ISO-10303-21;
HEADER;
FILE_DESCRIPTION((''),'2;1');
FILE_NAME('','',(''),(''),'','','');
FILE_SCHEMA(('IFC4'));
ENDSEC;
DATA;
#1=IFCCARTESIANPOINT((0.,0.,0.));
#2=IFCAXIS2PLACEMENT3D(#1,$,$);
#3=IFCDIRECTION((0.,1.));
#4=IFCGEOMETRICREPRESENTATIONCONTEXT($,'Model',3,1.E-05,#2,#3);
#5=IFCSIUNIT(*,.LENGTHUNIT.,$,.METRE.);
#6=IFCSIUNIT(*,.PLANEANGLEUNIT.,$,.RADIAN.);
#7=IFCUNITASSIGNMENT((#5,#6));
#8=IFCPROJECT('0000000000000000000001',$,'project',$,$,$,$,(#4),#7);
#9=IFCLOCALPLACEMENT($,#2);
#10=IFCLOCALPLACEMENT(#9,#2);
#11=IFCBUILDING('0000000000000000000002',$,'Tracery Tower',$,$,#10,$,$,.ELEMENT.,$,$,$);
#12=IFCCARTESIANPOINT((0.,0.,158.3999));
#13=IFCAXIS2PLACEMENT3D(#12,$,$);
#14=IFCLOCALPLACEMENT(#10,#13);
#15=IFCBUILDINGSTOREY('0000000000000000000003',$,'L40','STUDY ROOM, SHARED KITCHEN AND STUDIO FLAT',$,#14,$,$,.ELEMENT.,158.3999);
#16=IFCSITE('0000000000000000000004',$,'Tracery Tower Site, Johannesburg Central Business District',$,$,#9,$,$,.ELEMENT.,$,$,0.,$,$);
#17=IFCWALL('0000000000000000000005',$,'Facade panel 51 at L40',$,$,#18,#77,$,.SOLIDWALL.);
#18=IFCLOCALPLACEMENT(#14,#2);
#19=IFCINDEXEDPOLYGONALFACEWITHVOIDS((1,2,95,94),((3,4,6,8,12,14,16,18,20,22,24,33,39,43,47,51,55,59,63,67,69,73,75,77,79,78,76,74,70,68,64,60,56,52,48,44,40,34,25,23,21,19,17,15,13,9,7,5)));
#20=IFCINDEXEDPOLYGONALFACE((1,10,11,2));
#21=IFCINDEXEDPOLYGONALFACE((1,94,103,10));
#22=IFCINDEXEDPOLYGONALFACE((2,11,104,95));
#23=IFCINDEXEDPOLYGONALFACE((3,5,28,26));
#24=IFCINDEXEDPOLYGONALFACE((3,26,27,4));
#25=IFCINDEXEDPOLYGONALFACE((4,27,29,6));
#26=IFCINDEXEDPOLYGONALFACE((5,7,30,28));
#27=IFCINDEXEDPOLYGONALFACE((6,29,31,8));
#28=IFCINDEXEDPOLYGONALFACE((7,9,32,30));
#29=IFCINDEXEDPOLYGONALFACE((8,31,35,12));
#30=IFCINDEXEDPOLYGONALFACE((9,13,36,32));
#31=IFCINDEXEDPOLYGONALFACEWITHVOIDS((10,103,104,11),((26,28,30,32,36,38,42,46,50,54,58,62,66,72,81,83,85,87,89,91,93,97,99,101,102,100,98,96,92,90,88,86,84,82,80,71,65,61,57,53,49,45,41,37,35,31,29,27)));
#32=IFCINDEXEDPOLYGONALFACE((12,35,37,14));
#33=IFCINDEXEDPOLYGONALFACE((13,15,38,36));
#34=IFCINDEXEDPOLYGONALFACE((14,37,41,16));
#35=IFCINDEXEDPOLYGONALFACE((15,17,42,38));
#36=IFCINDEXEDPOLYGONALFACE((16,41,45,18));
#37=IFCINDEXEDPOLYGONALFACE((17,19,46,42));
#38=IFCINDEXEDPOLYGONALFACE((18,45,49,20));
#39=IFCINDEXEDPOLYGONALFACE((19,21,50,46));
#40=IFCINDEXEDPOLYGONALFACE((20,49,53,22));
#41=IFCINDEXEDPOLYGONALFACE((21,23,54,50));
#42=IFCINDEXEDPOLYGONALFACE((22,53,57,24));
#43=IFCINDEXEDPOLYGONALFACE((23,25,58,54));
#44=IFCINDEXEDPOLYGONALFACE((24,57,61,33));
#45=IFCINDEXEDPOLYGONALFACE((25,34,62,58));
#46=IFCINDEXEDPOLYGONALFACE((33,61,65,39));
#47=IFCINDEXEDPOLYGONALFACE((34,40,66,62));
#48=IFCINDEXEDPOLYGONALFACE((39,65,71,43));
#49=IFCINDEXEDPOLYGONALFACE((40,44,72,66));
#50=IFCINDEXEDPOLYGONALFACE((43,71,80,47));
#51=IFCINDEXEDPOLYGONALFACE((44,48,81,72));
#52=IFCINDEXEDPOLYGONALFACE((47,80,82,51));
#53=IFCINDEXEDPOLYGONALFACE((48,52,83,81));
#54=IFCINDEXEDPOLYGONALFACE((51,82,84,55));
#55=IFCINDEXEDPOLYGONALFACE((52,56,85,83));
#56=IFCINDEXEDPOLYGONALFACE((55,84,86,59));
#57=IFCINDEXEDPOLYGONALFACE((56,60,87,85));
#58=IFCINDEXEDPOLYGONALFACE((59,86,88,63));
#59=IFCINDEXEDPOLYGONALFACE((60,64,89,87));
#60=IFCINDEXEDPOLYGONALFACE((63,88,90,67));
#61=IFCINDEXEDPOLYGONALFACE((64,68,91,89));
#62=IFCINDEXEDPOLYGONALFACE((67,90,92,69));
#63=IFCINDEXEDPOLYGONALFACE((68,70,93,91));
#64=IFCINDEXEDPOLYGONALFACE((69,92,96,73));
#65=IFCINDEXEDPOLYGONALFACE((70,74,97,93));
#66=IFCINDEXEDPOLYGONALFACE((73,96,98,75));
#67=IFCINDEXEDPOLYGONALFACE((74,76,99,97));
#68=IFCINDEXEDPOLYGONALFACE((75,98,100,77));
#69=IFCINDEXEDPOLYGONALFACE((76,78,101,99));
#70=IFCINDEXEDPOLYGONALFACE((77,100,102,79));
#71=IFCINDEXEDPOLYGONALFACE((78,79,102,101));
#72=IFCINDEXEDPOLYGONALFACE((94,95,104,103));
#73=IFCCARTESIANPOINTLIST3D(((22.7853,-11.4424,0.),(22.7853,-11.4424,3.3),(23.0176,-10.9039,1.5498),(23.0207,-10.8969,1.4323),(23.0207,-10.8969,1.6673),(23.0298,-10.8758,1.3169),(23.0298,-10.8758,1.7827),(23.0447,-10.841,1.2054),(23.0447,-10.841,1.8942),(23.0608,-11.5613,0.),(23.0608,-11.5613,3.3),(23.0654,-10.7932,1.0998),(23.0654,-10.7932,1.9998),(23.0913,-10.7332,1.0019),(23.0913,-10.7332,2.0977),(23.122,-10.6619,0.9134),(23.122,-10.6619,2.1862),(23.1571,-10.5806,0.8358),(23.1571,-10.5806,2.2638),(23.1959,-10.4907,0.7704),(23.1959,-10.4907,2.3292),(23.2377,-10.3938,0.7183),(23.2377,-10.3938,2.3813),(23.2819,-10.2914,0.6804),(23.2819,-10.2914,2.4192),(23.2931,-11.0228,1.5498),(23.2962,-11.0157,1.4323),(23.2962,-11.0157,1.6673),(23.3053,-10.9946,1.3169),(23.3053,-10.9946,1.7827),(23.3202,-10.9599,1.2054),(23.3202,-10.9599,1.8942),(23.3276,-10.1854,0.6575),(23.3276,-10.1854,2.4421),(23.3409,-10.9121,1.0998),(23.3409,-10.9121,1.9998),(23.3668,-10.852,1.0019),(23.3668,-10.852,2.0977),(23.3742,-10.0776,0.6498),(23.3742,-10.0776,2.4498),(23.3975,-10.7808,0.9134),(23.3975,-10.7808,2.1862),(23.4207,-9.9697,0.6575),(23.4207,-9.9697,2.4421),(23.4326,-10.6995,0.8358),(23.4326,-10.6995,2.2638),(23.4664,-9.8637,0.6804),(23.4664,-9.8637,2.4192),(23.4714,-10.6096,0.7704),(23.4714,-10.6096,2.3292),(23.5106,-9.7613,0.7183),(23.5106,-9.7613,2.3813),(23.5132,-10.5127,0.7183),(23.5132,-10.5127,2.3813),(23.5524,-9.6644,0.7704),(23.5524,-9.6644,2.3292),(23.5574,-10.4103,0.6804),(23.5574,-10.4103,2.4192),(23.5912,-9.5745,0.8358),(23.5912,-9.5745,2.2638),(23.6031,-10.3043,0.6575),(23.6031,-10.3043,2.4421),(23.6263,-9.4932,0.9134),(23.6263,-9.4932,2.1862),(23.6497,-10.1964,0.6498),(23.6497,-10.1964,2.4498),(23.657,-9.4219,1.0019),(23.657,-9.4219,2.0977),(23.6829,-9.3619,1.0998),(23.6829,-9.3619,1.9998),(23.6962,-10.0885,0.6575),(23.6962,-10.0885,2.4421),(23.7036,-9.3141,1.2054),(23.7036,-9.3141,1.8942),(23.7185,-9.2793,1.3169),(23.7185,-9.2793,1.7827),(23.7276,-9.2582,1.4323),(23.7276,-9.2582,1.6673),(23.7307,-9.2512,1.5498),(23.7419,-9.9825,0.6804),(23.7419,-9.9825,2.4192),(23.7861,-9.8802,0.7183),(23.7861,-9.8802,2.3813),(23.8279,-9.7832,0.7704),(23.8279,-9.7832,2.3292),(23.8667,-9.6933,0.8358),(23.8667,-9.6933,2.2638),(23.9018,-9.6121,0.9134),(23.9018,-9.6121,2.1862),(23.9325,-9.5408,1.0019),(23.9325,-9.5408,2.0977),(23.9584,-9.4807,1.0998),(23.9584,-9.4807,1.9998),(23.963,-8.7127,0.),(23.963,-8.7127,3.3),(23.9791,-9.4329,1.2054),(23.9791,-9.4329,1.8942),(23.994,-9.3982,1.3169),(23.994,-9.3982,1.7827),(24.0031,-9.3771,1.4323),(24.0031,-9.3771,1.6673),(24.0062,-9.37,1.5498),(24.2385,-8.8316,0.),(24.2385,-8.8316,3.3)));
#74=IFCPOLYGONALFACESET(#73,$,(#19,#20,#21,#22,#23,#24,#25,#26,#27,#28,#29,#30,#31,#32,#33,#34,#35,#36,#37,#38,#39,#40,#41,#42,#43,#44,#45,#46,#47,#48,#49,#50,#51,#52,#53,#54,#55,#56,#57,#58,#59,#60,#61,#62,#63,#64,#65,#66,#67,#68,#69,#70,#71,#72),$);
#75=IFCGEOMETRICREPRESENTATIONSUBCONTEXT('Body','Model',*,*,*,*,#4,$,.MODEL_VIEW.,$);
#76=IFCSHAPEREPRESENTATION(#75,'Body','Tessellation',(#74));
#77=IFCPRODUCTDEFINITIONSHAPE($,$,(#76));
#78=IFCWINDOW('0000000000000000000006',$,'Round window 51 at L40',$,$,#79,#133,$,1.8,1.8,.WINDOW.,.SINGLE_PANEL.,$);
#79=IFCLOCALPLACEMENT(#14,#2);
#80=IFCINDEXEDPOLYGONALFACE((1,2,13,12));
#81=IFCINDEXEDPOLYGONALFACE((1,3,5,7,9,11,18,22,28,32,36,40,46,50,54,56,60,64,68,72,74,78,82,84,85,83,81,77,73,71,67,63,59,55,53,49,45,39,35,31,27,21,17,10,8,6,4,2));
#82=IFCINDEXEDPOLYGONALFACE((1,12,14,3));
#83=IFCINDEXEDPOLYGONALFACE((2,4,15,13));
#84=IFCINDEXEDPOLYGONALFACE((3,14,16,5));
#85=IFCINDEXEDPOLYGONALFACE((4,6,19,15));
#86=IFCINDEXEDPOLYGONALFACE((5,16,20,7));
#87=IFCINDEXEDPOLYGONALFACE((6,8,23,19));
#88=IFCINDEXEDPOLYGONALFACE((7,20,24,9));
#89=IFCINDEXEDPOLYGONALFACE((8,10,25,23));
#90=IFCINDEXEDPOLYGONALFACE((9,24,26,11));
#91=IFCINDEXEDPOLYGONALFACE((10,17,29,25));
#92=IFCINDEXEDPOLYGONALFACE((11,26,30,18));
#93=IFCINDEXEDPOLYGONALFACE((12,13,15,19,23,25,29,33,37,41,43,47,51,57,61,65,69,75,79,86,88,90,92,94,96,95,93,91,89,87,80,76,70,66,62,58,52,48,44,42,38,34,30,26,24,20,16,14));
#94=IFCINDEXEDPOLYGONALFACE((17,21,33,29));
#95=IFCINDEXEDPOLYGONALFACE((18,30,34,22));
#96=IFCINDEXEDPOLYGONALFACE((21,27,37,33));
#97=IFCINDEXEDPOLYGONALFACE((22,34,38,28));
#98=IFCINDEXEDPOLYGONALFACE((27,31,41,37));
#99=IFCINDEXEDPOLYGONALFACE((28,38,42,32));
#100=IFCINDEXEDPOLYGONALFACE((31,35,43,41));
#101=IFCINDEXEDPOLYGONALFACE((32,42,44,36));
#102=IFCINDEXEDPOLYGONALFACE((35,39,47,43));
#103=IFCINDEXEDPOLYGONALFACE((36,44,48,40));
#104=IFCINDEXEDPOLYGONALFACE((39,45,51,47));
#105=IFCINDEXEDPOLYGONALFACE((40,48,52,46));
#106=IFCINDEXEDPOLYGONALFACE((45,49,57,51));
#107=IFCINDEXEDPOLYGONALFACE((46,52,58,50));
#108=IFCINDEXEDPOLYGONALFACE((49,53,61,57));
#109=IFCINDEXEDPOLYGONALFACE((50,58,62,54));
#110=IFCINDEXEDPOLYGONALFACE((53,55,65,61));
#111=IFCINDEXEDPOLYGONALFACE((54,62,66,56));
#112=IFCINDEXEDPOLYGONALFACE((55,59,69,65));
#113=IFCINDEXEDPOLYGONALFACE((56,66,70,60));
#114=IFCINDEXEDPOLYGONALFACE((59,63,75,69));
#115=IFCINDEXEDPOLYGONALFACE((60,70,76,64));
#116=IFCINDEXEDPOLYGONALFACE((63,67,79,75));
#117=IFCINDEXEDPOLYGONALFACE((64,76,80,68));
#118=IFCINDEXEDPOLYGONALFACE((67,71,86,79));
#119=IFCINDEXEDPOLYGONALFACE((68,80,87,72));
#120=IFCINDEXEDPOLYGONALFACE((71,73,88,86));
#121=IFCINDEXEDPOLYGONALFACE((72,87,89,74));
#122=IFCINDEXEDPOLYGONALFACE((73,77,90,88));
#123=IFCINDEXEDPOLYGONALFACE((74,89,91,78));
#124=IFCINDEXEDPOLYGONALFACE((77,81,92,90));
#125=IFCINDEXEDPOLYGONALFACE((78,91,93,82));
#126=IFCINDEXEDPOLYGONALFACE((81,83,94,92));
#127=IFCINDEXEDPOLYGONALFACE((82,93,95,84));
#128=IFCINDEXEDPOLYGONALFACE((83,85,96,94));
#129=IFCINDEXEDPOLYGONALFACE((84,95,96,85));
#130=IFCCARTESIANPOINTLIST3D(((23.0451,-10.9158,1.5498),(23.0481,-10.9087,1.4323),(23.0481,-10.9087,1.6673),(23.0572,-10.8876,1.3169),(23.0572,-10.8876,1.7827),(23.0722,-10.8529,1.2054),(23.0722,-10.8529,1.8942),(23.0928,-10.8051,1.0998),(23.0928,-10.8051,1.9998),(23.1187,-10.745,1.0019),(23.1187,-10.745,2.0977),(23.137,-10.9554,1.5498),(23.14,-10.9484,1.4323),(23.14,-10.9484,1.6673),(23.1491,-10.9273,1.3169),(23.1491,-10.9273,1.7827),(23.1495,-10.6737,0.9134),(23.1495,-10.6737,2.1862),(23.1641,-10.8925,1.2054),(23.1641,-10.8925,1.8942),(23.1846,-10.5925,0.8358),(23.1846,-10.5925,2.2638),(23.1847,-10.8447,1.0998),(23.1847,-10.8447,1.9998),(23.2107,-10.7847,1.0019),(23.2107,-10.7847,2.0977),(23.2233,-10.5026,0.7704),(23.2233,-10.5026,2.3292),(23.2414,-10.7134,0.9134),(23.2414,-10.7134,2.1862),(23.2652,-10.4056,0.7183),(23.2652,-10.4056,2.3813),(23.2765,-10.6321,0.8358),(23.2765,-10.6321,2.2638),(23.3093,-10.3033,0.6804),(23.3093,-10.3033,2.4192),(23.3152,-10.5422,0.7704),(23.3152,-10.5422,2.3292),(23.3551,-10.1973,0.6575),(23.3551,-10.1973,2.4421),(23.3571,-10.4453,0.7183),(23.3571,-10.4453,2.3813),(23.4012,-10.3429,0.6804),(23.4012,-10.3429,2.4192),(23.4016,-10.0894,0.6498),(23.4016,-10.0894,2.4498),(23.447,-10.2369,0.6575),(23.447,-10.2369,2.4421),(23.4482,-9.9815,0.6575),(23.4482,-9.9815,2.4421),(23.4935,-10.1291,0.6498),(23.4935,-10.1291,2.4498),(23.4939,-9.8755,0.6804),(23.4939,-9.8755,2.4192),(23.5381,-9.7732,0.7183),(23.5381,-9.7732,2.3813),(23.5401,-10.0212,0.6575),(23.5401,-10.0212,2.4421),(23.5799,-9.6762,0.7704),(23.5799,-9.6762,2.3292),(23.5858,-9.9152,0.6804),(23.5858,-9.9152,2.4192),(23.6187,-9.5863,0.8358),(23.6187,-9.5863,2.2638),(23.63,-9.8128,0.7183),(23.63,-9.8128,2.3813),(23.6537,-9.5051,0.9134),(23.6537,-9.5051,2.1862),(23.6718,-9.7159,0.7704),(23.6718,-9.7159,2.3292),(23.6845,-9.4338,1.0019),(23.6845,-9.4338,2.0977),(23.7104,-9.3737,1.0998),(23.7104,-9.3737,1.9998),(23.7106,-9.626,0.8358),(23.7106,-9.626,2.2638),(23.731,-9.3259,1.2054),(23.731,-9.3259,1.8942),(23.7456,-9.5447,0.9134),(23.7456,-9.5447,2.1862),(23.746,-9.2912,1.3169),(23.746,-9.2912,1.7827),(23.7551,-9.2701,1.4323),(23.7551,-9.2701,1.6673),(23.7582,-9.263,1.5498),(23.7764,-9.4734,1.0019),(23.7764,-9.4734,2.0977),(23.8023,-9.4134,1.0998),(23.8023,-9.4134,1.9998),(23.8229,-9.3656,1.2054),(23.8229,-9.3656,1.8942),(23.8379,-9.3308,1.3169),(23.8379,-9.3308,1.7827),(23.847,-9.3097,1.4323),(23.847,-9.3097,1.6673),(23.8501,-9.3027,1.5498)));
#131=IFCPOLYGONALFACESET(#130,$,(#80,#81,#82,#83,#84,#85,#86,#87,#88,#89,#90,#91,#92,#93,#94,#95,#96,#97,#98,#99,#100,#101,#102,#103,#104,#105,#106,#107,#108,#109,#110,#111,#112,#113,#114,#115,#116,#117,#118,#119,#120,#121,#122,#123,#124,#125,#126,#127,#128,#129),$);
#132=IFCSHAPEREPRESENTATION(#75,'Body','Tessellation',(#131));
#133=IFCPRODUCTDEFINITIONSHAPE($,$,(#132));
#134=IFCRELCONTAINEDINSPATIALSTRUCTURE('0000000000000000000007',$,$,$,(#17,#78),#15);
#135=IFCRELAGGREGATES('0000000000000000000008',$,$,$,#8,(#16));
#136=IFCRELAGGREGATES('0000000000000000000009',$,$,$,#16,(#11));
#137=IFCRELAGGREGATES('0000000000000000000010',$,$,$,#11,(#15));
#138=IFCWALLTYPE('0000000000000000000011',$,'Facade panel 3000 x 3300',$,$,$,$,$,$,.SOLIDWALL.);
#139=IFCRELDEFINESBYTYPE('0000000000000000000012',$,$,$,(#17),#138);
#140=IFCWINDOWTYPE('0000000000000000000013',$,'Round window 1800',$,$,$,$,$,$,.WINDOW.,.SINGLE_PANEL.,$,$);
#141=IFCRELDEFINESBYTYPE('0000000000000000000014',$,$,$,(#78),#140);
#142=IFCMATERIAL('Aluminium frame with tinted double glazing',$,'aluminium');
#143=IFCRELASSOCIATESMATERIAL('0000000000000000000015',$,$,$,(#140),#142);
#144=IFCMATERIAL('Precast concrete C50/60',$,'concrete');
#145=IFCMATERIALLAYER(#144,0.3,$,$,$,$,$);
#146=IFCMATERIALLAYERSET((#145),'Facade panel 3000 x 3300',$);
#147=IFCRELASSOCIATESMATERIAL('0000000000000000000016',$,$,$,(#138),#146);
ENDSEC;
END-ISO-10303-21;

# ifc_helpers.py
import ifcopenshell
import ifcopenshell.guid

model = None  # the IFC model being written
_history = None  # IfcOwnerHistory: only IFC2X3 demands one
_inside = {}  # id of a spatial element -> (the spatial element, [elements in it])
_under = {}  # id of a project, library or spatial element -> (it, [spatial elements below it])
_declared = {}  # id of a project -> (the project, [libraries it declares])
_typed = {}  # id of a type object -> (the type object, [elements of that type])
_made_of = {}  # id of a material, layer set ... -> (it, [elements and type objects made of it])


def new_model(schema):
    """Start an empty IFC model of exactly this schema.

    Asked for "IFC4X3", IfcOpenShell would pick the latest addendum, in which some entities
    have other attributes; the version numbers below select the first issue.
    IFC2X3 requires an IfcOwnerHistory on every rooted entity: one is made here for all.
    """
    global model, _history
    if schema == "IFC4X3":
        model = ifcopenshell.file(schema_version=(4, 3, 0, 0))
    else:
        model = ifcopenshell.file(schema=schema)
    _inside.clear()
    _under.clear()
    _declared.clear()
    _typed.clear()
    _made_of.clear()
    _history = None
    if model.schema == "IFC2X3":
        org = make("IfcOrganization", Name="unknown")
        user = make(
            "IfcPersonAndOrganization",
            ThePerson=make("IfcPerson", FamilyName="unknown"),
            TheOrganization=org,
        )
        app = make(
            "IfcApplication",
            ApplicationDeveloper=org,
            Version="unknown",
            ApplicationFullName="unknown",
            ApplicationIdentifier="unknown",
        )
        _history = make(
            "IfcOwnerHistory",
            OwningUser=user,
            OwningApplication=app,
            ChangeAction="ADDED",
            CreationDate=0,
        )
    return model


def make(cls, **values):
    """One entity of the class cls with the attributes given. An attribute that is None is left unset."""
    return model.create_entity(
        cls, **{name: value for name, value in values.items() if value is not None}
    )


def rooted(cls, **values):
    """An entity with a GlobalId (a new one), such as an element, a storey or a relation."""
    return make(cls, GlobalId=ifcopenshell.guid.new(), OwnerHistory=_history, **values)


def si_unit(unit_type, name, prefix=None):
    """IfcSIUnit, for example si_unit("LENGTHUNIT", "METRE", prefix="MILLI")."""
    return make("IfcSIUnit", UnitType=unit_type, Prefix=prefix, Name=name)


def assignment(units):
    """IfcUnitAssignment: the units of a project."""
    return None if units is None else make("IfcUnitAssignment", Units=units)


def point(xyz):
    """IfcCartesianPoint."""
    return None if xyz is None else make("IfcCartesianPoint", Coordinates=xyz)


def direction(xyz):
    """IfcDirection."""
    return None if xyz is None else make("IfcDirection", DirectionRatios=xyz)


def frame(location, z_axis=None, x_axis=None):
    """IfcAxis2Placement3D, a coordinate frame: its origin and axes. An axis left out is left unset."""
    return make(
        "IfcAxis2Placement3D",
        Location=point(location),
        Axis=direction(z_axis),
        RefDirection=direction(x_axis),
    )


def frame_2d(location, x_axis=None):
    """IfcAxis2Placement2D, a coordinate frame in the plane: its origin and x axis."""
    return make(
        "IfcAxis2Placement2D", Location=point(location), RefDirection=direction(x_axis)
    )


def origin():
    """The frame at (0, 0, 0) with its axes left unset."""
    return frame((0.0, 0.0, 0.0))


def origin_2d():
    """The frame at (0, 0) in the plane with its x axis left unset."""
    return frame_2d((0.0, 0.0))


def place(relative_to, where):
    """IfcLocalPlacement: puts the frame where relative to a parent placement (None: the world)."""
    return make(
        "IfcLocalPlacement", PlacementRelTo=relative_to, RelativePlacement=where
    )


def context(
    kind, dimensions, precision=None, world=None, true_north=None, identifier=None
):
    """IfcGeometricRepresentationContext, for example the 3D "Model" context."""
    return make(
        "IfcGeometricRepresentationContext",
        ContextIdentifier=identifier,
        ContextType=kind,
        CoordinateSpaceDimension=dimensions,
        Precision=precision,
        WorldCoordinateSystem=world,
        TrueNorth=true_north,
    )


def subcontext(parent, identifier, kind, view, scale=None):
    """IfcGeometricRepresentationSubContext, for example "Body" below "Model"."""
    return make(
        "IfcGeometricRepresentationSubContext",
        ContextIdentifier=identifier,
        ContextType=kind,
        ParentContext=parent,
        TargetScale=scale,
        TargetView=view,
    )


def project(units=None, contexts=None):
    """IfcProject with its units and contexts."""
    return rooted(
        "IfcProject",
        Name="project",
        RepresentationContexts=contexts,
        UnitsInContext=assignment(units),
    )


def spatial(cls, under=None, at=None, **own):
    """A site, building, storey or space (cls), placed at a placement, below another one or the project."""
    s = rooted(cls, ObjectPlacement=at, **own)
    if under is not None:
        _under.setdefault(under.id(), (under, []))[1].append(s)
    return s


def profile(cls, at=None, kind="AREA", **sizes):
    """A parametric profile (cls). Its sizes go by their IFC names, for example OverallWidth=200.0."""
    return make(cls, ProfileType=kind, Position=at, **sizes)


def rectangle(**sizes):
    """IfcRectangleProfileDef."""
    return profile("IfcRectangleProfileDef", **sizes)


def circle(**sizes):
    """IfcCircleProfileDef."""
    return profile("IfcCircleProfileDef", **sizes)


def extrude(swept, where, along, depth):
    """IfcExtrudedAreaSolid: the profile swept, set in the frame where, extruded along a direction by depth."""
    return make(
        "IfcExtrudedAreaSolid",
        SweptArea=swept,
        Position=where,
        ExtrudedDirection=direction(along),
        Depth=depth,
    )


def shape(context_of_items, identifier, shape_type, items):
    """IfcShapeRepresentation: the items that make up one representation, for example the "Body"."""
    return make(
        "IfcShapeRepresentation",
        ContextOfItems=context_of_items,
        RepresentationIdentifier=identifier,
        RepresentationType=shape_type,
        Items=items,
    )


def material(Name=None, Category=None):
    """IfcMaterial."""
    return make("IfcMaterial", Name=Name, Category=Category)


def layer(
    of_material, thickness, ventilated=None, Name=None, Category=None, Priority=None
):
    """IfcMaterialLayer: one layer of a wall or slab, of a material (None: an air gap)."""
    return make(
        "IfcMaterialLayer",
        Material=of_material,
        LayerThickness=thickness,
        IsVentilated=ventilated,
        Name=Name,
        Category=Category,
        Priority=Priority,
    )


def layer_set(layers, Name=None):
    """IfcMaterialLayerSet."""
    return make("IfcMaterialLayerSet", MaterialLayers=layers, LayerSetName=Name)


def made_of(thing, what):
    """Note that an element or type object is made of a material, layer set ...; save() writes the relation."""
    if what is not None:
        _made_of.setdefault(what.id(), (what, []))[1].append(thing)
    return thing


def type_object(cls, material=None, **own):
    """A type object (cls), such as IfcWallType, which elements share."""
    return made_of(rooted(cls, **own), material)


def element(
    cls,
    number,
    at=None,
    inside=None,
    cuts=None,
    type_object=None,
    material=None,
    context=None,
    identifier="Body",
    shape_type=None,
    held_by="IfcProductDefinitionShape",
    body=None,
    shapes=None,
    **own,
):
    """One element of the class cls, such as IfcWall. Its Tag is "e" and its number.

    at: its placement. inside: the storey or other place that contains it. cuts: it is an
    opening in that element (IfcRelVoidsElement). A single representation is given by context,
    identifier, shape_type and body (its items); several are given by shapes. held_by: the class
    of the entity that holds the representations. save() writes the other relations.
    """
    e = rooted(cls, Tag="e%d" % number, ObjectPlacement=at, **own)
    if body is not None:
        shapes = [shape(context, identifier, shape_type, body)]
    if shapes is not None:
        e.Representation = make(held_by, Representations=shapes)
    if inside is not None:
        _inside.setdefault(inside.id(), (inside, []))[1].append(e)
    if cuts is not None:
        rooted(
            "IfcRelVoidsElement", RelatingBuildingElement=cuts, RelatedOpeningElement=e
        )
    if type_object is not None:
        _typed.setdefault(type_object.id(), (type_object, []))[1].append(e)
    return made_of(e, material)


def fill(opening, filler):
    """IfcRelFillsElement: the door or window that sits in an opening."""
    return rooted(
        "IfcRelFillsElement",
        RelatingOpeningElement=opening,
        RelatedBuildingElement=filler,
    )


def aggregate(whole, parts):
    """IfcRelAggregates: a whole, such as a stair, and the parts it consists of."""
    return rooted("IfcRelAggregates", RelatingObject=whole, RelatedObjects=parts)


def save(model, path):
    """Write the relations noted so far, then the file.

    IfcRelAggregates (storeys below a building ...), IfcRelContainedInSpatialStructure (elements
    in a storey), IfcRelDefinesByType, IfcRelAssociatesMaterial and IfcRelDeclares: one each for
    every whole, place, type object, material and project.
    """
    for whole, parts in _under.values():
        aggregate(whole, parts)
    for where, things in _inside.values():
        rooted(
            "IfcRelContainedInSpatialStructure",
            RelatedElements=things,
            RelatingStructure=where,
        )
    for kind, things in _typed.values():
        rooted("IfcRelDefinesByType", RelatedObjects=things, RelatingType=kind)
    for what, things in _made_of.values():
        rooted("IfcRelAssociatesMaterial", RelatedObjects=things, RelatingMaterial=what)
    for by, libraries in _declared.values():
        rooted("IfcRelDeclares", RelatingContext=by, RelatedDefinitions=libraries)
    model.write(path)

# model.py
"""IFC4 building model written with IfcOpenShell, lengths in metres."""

from ifc_helpers import new_model, si_unit, direction, frame, frame_2d, origin, origin_2d, place, context, subcontext, project, spatial, rectangle, circle, extrude, material, layer, layer_set, type_object, element, fill, save


model = new_model("IFC4")

# Units and contexts
model_context = context("Model", 3, precision=1e-05, world=origin(), true_north=direction((0.0, 1.0)))
body_context = subcontext(model_context, "Body", "Model", "MODEL_VIEW")
ifc_project = project(units=[si_unit("LENGTHUNIT", "METRE"), si_unit("PLANEANGLEUNIT", "RADIAN")], contexts=[model_context])

# Site, building, storey
site_placement = place(None, origin())
site = spatial("IfcSite", under=ifc_project, at=site_placement, Name="Tracery Tower Site, Johannesburg Central Business District", CompositionType="ELEMENT", RefElevation=0.0)
building_placement = place(site_placement, origin())
building = spatial("IfcBuilding", under=site, at=building_placement, Name="Tracery Tower", CompositionType="ELEMENT")
storey_placement = place(building_placement, frame((0.0, 0.0, 158.3999)))
storey = spatial("IfcBuildingStorey", under=building, at=storey_placement, Name="L40", Description="STUDY ROOM, SHARED KITCHEN AND STUDIO FLAT", CompositionType="ELEMENT", Elevation=158.3999)

# Wall, opening, window
ifc_material_1 = material(Name="Aluminium frame with tinted double glazing", Category="aluminium")
window_type = type_object("IfcWindowType", Name="Round window 1800", PartitioningType="SINGLE_PANEL", PredefinedType="WINDOW", material=ifc_material_1)
ifc_material_2 = material(Name="Precast concrete C50/60", Category="concrete")
ifc_layer_1 = layer(ifc_material_2, 0.3)
ifc_layer_set_1 = layer_set([ifc_layer_1], Name="Facade panel 3000 x 3300")
wall_type_1 = type_object("IfcWallType", Name="Facade panel 3000 x 3300", PredefinedType="SOLIDWALL", material=ifc_layer_set_1)
wall_1_placement = place(storey_placement, frame((22.9231, -11.5017, 0.0), z_axis=(0.0, 0.0, 1.0), x_axis=(0.396148, 0.918187, 0.0)))
wall_1 = element("IfcWall", 1, at=wall_1_placement, inside=storey, type_object=wall_type_1, Name="Facade panel 51 at L40", PredefinedType="SOLIDWALL", context=body_context, shape_type="SweptSolid", body=[
    extrude(rectangle(XDim=2.9729, YDim=0.3, at=frame_2d((1.4863, 0.0))), origin(), (0.0, 0.0, 1.0), 3.3),
])
opening_1_placement = place(wall_1_placement, frame((1.4863, 0.0, 1.5498)))
opening_1 = element("IfcOpeningElement", 2, at=opening_1_placement, cuts=wall_1, PredefinedType="OPENING", context=body_context, shape_type="SweptSolid", body=[
    extrude(circle(Radius=0.9, at=origin_2d()), frame((0.0, 0.1599, 0.0), z_axis=(0.0, -1.0, 0.0), x_axis=(1.0, 0.0, 0.0)), (0.0, 0.0, 1.0), 0.3201),
])
window_1_placement = place(opening_1_placement, origin())
window_1 = element("IfcWindow", 3, at=window_1_placement, inside=storey, type_object=window_type, Name="Round window 51 at L40", OverallHeight=1.8, OverallWidth=1.8, PartitioningType="SINGLE_PANEL", PredefinedType="WINDOW", context=body_context, shape_type="SweptSolid", body=[
    extrude(circle(Radius=0.9, at=origin_2d()), frame((0.0, 0.1201, 0.0), z_axis=(0.0, -1.0, 0.0), x_axis=(1.0, 0.0, 0.0)), (0.0, 0.0, 1.0), 0.1001),
])
fill(opening_1, window_1)

save(model, "model.ifc")
